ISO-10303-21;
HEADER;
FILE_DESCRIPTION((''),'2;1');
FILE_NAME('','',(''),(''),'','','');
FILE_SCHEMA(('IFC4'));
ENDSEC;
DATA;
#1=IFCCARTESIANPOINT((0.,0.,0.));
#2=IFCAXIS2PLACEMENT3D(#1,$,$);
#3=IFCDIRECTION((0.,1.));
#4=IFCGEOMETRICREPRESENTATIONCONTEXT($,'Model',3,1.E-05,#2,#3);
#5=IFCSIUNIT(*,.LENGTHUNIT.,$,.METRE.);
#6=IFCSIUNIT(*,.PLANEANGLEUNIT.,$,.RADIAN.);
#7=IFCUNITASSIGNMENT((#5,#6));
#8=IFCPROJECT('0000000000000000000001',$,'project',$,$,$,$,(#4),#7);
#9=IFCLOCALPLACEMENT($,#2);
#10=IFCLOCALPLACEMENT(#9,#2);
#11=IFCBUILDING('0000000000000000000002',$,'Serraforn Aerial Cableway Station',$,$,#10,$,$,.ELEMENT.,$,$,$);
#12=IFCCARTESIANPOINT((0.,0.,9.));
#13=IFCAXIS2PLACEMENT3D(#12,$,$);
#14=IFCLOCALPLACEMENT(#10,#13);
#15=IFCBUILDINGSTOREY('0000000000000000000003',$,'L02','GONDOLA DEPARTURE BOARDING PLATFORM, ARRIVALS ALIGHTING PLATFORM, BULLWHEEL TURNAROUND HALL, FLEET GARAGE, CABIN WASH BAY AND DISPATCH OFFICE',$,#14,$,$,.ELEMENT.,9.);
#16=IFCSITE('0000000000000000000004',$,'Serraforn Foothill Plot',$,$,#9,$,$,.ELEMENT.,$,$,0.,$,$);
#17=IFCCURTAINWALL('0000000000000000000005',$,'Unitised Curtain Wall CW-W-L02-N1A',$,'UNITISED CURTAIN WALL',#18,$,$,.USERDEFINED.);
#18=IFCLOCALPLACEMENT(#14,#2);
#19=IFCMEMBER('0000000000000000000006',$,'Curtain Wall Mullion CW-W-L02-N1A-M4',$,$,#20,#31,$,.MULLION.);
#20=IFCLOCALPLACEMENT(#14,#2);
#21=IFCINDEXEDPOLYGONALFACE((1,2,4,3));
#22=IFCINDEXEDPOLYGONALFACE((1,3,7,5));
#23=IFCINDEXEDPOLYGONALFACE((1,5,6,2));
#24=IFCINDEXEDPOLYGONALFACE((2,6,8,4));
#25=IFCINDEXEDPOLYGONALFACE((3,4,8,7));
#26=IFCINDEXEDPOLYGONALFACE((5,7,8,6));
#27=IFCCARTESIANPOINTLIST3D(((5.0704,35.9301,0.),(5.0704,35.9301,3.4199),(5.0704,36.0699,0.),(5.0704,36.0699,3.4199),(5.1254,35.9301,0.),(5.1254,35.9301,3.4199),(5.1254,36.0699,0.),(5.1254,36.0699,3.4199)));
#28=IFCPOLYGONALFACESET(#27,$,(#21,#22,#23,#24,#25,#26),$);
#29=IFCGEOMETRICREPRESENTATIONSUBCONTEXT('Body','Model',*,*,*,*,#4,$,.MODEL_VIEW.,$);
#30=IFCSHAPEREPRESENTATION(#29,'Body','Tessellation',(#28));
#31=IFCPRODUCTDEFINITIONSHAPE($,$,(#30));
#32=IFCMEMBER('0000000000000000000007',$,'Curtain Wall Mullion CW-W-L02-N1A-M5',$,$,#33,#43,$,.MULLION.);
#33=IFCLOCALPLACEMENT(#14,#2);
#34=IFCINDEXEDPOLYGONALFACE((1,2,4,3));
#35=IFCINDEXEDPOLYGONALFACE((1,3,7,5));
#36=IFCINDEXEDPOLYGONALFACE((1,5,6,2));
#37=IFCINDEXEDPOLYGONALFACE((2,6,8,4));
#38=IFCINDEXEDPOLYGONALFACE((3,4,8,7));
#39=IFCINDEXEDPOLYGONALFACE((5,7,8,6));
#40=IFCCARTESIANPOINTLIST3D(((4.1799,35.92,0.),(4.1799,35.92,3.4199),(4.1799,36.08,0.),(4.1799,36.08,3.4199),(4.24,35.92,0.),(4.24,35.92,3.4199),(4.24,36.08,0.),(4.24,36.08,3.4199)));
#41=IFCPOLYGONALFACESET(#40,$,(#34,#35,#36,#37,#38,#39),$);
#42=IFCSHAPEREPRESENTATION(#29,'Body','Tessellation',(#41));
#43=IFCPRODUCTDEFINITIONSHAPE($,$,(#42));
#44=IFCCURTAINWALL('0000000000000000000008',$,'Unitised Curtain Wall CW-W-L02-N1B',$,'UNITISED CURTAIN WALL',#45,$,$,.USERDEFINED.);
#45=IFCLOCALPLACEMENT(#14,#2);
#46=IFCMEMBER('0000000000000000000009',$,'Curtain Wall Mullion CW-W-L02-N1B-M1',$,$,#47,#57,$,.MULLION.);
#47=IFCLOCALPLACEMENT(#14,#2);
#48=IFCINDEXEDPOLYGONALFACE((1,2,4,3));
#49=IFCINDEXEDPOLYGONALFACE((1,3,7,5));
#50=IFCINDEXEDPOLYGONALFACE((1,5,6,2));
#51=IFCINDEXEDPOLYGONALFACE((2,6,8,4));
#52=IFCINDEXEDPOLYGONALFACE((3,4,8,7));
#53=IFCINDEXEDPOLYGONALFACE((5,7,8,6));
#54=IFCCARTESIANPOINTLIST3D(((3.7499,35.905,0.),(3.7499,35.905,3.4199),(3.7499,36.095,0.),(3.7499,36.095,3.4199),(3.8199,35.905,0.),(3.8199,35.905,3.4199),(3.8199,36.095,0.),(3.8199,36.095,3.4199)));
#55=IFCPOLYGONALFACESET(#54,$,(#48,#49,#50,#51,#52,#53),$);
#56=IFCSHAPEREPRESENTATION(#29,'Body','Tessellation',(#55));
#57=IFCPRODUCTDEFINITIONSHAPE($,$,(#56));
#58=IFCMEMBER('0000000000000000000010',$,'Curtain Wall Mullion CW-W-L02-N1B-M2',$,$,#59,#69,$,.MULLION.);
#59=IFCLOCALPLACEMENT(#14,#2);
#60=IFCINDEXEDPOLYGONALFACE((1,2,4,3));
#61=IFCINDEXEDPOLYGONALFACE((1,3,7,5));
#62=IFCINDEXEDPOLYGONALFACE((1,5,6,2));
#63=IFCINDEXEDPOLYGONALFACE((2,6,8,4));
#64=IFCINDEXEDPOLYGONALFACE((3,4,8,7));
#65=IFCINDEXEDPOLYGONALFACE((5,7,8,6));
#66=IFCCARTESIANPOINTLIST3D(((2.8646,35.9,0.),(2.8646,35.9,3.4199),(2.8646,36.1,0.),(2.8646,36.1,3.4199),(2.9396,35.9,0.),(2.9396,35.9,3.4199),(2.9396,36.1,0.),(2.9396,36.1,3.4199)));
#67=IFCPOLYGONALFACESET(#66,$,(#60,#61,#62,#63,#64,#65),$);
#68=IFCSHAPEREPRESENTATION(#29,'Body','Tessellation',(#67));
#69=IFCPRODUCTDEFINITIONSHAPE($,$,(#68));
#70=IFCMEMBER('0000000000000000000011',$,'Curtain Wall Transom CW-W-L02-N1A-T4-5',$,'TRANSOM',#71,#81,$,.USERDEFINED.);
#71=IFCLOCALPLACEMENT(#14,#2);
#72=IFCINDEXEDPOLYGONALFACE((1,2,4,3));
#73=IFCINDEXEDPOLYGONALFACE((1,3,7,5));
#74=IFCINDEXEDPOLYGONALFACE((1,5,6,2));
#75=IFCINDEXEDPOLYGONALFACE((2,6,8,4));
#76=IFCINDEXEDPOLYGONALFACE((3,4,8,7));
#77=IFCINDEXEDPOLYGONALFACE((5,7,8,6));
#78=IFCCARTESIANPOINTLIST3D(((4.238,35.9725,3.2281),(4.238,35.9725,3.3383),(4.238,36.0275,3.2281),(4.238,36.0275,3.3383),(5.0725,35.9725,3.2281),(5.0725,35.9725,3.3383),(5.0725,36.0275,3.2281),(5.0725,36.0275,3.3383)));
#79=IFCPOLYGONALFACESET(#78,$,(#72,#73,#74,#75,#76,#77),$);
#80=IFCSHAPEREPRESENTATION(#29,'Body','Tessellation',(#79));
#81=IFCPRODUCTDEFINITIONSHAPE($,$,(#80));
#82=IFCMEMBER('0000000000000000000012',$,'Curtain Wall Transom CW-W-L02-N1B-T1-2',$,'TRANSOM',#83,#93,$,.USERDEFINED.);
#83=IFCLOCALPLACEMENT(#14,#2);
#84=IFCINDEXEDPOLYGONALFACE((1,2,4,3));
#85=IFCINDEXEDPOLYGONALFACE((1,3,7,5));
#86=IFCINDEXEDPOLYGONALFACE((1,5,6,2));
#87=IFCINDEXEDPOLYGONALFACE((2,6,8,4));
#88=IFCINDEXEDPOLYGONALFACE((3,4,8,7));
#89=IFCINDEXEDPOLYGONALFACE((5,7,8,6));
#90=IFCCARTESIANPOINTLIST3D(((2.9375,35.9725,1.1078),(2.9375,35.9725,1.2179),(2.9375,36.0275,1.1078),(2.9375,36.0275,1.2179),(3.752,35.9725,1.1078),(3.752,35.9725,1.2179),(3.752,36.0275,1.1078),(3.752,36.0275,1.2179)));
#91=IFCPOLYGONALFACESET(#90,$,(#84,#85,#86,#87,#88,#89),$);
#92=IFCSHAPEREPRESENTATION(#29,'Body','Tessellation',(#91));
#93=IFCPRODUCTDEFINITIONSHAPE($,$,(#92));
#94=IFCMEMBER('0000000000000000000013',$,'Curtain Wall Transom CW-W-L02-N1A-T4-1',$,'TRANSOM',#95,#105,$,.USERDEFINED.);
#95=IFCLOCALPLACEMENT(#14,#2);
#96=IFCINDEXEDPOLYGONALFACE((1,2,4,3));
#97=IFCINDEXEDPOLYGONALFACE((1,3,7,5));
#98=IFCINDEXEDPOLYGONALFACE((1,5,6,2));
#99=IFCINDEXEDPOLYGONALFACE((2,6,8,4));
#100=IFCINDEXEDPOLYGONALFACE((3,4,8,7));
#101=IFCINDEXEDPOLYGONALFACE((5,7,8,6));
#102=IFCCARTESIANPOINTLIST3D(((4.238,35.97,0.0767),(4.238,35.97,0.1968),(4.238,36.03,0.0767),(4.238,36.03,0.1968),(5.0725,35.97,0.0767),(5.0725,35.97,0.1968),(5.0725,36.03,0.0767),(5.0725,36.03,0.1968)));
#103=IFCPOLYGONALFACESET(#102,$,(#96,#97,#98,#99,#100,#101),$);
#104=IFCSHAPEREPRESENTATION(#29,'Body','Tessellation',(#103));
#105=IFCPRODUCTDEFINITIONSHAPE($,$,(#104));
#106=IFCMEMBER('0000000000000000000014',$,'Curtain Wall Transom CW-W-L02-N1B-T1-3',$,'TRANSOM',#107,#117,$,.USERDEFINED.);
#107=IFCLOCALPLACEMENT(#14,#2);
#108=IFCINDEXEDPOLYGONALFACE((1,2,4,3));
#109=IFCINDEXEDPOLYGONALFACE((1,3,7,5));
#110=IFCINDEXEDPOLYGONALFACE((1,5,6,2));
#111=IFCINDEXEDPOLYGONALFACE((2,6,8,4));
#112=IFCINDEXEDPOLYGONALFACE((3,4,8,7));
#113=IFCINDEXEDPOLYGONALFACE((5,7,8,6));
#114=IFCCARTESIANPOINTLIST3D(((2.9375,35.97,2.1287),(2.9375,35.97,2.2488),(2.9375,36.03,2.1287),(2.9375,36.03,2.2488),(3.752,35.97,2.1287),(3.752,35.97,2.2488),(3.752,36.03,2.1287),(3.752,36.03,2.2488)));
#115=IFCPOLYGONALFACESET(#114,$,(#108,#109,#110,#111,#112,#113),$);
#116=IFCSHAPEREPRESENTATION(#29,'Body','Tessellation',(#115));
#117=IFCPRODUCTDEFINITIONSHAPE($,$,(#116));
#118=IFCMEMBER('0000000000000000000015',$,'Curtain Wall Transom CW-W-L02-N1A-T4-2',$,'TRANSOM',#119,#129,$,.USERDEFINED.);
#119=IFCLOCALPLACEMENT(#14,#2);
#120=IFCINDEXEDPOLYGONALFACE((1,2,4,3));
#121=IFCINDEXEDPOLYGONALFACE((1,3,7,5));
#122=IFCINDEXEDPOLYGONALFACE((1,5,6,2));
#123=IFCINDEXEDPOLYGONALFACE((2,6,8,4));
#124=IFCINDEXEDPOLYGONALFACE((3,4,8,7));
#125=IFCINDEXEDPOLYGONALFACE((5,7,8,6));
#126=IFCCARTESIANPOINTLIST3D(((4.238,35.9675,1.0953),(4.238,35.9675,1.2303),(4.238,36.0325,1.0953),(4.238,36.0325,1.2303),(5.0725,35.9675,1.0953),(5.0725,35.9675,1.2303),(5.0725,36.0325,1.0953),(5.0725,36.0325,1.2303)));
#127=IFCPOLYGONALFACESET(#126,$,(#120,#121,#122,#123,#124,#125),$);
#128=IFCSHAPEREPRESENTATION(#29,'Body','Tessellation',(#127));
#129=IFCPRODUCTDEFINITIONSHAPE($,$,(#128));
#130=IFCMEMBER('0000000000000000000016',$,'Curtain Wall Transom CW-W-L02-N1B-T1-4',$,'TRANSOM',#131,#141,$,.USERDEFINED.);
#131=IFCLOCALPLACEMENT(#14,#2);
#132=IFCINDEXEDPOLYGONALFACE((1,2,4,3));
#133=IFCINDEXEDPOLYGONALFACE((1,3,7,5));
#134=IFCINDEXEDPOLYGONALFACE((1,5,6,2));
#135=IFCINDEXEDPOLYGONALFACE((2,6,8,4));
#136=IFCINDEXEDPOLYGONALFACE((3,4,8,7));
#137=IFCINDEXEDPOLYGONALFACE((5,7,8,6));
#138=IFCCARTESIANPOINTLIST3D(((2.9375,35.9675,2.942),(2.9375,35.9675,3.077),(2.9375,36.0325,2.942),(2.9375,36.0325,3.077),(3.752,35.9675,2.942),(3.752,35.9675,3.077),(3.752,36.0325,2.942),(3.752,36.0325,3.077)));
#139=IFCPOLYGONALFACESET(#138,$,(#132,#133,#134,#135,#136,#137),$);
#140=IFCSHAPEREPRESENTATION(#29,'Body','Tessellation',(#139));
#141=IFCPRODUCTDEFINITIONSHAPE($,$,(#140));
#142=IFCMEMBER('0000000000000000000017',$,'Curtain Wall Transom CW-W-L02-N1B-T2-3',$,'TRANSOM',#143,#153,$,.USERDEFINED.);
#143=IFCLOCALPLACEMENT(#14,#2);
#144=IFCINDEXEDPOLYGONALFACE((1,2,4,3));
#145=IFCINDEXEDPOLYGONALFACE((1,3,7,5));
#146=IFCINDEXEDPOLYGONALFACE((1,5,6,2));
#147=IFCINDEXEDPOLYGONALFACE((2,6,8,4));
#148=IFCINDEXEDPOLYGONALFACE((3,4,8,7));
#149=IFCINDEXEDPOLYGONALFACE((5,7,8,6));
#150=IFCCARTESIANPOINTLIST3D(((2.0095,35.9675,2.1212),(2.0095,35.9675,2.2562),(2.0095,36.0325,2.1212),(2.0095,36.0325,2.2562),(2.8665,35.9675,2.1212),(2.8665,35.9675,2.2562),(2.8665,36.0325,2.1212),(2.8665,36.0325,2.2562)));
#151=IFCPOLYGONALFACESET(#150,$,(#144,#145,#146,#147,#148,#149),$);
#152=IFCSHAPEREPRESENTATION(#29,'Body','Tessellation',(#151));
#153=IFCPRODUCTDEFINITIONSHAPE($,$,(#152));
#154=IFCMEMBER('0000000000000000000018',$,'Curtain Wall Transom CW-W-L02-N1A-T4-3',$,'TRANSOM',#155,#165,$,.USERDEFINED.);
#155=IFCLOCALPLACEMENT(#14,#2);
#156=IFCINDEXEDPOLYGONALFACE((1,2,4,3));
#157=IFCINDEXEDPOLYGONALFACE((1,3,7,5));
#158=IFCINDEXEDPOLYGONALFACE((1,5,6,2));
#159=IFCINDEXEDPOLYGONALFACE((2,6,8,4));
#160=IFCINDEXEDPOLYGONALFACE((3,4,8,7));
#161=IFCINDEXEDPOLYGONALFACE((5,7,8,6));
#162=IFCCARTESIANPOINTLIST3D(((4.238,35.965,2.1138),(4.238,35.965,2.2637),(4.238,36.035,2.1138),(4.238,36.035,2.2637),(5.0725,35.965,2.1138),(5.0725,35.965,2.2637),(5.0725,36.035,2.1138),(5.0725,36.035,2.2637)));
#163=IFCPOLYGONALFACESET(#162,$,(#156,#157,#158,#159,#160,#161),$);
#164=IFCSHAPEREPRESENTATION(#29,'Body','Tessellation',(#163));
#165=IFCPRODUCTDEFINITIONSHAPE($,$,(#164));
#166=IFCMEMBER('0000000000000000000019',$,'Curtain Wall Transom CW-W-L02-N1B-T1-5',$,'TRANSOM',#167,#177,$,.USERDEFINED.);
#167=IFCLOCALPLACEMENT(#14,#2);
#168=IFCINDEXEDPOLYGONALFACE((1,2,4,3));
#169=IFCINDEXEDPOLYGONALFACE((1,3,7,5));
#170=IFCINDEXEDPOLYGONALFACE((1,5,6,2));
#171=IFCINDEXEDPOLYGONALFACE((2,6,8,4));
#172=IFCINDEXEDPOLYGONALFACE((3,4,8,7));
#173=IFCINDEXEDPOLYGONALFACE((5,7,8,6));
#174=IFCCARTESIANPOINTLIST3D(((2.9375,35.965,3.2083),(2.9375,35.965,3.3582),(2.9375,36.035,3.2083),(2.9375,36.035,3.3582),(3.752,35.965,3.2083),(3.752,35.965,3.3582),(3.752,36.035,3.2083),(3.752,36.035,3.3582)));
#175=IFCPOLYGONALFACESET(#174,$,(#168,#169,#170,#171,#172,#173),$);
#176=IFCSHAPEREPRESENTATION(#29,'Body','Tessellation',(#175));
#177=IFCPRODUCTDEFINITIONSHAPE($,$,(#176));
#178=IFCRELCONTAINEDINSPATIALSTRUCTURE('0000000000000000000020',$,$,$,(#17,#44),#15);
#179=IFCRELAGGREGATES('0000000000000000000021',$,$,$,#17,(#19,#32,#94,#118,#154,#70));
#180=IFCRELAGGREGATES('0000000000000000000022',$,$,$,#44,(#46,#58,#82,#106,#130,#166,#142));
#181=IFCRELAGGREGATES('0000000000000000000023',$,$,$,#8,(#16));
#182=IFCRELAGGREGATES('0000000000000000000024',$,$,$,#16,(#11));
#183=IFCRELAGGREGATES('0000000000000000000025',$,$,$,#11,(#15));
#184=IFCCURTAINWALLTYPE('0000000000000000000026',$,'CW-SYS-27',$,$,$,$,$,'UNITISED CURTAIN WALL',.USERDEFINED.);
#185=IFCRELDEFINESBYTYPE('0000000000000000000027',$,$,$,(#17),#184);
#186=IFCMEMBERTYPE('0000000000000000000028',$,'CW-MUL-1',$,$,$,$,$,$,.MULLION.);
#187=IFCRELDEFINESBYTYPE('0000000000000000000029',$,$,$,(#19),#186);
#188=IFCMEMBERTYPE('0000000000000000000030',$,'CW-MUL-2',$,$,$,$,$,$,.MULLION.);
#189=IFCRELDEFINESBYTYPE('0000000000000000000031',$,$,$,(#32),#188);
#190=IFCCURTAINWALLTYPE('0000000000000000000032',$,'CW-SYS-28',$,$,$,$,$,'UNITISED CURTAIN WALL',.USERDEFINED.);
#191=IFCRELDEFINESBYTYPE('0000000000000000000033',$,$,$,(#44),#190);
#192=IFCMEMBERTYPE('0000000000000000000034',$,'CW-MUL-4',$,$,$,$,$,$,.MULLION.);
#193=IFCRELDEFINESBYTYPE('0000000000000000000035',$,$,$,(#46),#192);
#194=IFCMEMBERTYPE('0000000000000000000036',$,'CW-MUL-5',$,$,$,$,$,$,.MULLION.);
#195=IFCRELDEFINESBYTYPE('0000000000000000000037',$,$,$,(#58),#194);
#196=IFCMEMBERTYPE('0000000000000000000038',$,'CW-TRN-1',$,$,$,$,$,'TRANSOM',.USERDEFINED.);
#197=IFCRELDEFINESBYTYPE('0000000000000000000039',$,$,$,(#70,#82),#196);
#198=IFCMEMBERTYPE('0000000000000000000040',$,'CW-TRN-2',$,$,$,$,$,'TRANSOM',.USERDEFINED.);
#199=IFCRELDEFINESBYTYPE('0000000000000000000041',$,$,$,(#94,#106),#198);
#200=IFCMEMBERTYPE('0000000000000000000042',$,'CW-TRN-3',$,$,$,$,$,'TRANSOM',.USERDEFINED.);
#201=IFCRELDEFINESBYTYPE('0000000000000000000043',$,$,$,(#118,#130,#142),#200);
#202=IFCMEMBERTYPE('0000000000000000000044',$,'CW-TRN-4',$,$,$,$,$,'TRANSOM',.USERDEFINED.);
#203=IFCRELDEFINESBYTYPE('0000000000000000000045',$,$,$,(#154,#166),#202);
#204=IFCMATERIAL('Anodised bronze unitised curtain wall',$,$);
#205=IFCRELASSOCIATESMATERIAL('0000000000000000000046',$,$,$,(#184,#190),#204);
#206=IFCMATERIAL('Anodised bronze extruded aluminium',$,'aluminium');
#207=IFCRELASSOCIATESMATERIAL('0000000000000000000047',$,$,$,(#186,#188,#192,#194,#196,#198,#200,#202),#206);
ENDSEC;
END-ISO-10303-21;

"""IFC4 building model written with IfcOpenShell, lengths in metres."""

from ifc_helpers import new_model, si_unit, direction, frame, origin, origin_2d, place, context, subcontext, project, spatial, rectangle, extrude, material, material_profile, profile_set, type_object, element, aggregate, save


model = new_model("IFC4")

# Units and contexts
model_context = context("Model", 3, precision=1e-05, world=origin(), true_north=direction((0.0, 1.0)))
body_context = subcontext(model_context, "Body", "Model", "MODEL_VIEW")
ifc_project = project(units=[si_unit("LENGTHUNIT", "METRE"), si_unit("PLANEANGLEUNIT", "RADIAN")], contexts=[model_context])

# Site, building, storey
site_placement = place(None, origin())
site = spatial("IfcSite", under=ifc_project, at=site_placement, Name="Serraforn Foothill Plot", CompositionType="ELEMENT", RefElevation=0.0)
building_placement = place(site_placement, origin())
building = spatial("IfcBuilding", under=site, at=building_placement, Name="Serraforn Aerial Cableway Station", CompositionType="ELEMENT")
storey_placement = place(building_placement, frame((0.0, 0.0, 9.0)))
storey = spatial("IfcBuildingStorey", under=building, at=storey_placement, Name="L02", Description="GONDOLA DEPARTURE BOARDING PLATFORM, ARRIVALS ALIGHTING PLATFORM, BULLWHEEL TURNAROUND HALL, FLEET GARAGE, CABIN WASH BAY AND DISPATCH OFFICE", CompositionType="ELEMENT", Elevation=9.0)

# Curtain walls, members
ifc_material_1 = material(Name="Anodised bronze unitised curtain wall")
curtain_wall_type_1 = type_object("IfcCurtainWallType", Name="CW-SYS-27", ElementType="UNITISED CURTAIN WALL", PredefinedType="USERDEFINED", material=ifc_material_1)
curtain_wall_1_placement = place(storey_placement, origin())
curtain_wall_1 = element("IfcCurtainWall", 1, at=curtain_wall_1_placement, inside=storey, type_object=curtain_wall_type_1, Name="Unitised Curtain Wall CW-W-L02-N1A", ObjectType="UNITISED CURTAIN WALL", PredefinedType="USERDEFINED")
ifc_material_2 = material(Name="Anodised bronze extruded aluminium", Category="aluminium")
ifc_material_profile_1 = material_profile(ifc_material_2, rectangle(XDim=0.0549, YDim=0.1399, at=origin_2d()), Name="CW MULLION 55x140")
ifc_profile_set_1 = profile_set([ifc_material_profile_1], Name="Anodised bronze extruded aluminium")
member_type_1 = type_object("IfcMemberType", Name="CW-MUL-1", PredefinedType="MULLION", material=ifc_profile_set_1)
member_1_placement = place(storey_placement, frame((5.0979, 36.0, 0.0), z_axis=(0.0, 0.0, 1.0), x_axis=(-1.0, 0.0, 0.0)))
member_1 = element("IfcMember", 2, at=member_1_placement, type_object=member_type_1, Name="Curtain Wall Mullion CW-W-L02-N1A-M4", PredefinedType="MULLION", context=body_context, shape_type="SweptSolid", body=[
    extrude(rectangle(XDim=0.0549, YDim=0.1399, at=origin_2d()), origin(), (0.0, 0.0, 1.0), 3.4199),
])
ifc_material_profile_2 = material_profile(ifc_material_2, rectangle(XDim=0.0601, YDim=0.1599, at=origin_2d()), Name="CW MULLION 60x160")
ifc_profile_set_2 = profile_set([ifc_material_profile_2], Name="Anodised bronze extruded aluminium")
member_type_2 = type_object("IfcMemberType", Name="CW-MUL-2", PredefinedType="MULLION", material=ifc_profile_set_2)
member_2_placement = place(storey_placement, frame((4.21, 36.0, 0.0), z_axis=(0.0, 0.0, 1.0), x_axis=(-1.0, 0.0, 0.0)))
member_2 = element("IfcMember", 3, at=member_2_placement, type_object=member_type_2, Name="Curtain Wall Mullion CW-W-L02-N1A-M5", PredefinedType="MULLION", context=body_context, shape_type="SweptSolid", body=[
    extrude(rectangle(XDim=0.0601, YDim=0.1599, at=origin_2d()), origin(), (0.0, 0.0, 1.0), 3.4199),
])
curtain_wall_type_2 = type_object("IfcCurtainWallType", Name="CW-SYS-28", ElementType="UNITISED CURTAIN WALL", PredefinedType="USERDEFINED", material=ifc_material_1)
curtain_wall_2_placement = place(storey_placement, origin())
curtain_wall_2 = element("IfcCurtainWall", 4, at=curtain_wall_2_placement, inside=storey, type_object=curtain_wall_type_2, Name="Unitised Curtain Wall CW-W-L02-N1B", ObjectType="UNITISED CURTAIN WALL", PredefinedType="USERDEFINED")
ifc_material_profile_3 = material_profile(ifc_material_2, rectangle(XDim=0.0701, YDim=0.1899, at=origin_2d()), Name="CW MULLION 70x190")
ifc_profile_set_3 = profile_set([ifc_material_profile_3], Name="Anodised bronze extruded aluminium")
member_type_3 = type_object("IfcMemberType", Name="CW-MUL-4", PredefinedType="MULLION", material=ifc_profile_set_3)
member_3_placement = place(storey_placement, frame((3.7849, 36.0, 0.0), z_axis=(0.0, 0.0, 1.0), x_axis=(-1.0, 0.0, 0.0)))
member_3 = element("IfcMember", 5, at=member_3_placement, type_object=member_type_3, Name="Curtain Wall Mullion CW-W-L02-N1B-M1", PredefinedType="MULLION", context=body_context, shape_type="SweptSolid", body=[
    extrude(rectangle(XDim=0.0701, YDim=0.1899, at=origin_2d()), origin(), (0.0, 0.0, 1.0), 3.4199),
])
ifc_material_profile_4 = material_profile(ifc_material_2, rectangle(XDim=0.075, YDim=0.2, at=origin_2d()), Name="CW MULLION 75x200")
ifc_profile_set_4 = profile_set([ifc_material_profile_4], Name="Anodised bronze extruded aluminium")
member_type_4 = type_object("IfcMemberType", Name="CW-MUL-5", PredefinedType="MULLION", material=ifc_profile_set_4)
member_4_placement = place(storey_placement, frame((2.9021, 36.0, 0.0), z_axis=(0.0, 0.0, 1.0), x_axis=(-1.0, 0.0, 0.0)))
member_4 = element("IfcMember", 6, at=member_4_placement, type_object=member_type_4, Name="Curtain Wall Mullion CW-W-L02-N1B-M2", PredefinedType="MULLION", context=body_context, shape_type="SweptSolid", body=[
    extrude(rectangle(XDim=0.075, YDim=0.2, at=origin_2d()), origin(), (0.0, 0.0, 1.0), 3.4199),
])

# Members
ifc_material_profile_5 = material_profile(ifc_material_2, rectangle(XDim=0.0549, YDim=0.1101, at=origin_2d()), Name="CW TRANSOM 55x110")
ifc_profile_set_5 = profile_set([ifc_material_profile_5], Name="Anodised bronze extruded aluminium")
member_type_5 = type_object("IfcMemberType", Name="CW-TRN-1", ElementType="TRANSOM", PredefinedType="USERDEFINED", material=ifc_profile_set_5)
member_5_placement = place(storey_placement, frame((5.0725, 36.0, 3.2832), z_axis=(-1.0, 0.0, 0.0), x_axis=(0.0, -1.0, 0.0)))
member_5 = element("IfcMember", 7, at=member_5_placement, type_object=member_type_5, Name="Curtain Wall Transom CW-W-L02-N1A-T4-5", ObjectType="TRANSOM", PredefinedType="USERDEFINED", context=body_context, shape_type="SweptSolid", body=[
    extrude(rectangle(XDim=0.0549, YDim=0.1101, at=origin_2d()), origin(), (0.0, 0.0, 1.0), 0.8345),
])
member_6_placement = place(storey_placement, frame((3.752, 36.0, 1.1628), z_axis=(-1.0, 0.0, 0.0), x_axis=(0.0, -1.0, 0.0)))
member_6 = element("IfcMember", 8, at=member_6_placement, type_object=member_type_5, Name="Curtain Wall Transom CW-W-L02-N1B-T1-2", ObjectType="TRANSOM", PredefinedType="USERDEFINED", context=body_context, shape_type="SweptSolid", body=[
    extrude(rectangle(XDim=0.0549, YDim=0.1101, at=origin_2d()), origin(), (0.0, 0.0, 1.0), 0.8145),
])
ifc_material_profile_6 = material_profile(ifc_material_2, rectangle(XDim=0.0601, YDim=0.1201, at=origin_2d()), Name="CW TRANSOM 60x120")
ifc_profile_set_6 = profile_set([ifc_material_profile_6], Name="Anodised bronze extruded aluminium")
member_type_6 = type_object("IfcMemberType", Name="CW-TRN-2", ElementType="TRANSOM", PredefinedType="USERDEFINED", material=ifc_profile_set_6)
member_7_placement = place(storey_placement, frame((5.0725, 36.0, 0.1367), z_axis=(-1.0, 0.0, 0.0), x_axis=(0.0, -1.0, 0.0)))
member_7 = element("IfcMember", 9, at=member_7_placement, type_object=member_type_6, Name="Curtain Wall Transom CW-W-L02-N1A-T4-1", ObjectType="TRANSOM", PredefinedType="USERDEFINED", context=body_context, shape_type="SweptSolid", body=[
    extrude(rectangle(XDim=0.0601, YDim=0.1201, at=origin_2d()), origin(), (0.0, 0.0, 1.0), 0.8345),
])
member_8_placement = place(storey_placement, frame((3.752, 36.0, 2.1887), z_axis=(-1.0, 0.0, 0.0), x_axis=(0.0, -1.0, 0.0)))
member_8 = element("IfcMember", 10, at=member_8_placement, type_object=member_type_6, Name="Curtain Wall Transom CW-W-L02-N1B-T1-3", ObjectType="TRANSOM", PredefinedType="USERDEFINED", context=body_context, shape_type="SweptSolid", body=[
    extrude(rectangle(XDim=0.0601, YDim=0.1201, at=origin_2d()), origin(), (0.0, 0.0, 1.0), 0.8145),
])
ifc_material_profile_7 = material_profile(ifc_material_2, rectangle(XDim=0.0649, YDim=0.135, at=origin_2d()), Name="CW TRANSOM 65x135")
ifc_profile_set_7 = profile_set([ifc_material_profile_7], Name="Anodised bronze extruded aluminium")
member_type_7 = type_object("IfcMemberType", Name="CW-TRN-3", ElementType="TRANSOM", PredefinedType="USERDEFINED", material=ifc_profile_set_7)
member_9_placement = place(storey_placement, frame((5.0725, 36.0, 1.1628), z_axis=(-1.0, 0.0, 0.0), x_axis=(0.0, -1.0, 0.0)))
member_9 = element("IfcMember", 11, at=member_9_placement, type_object=member_type_7, Name="Curtain Wall Transom CW-W-L02-N1A-T4-2", ObjectType="TRANSOM", PredefinedType="USERDEFINED", context=body_context, shape_type="SweptSolid", body=[
    extrude(rectangle(XDim=0.0649, YDim=0.135, at=origin_2d()), origin(), (0.0, 0.0, 1.0), 0.8345),
])
member_10_placement = place(storey_placement, frame((3.752, 36.0, 3.0095), z_axis=(-1.0, 0.0, 0.0), x_axis=(0.0, -1.0, 0.0)))
member_10 = element("IfcMember", 12, at=member_10_placement, type_object=member_type_7, Name="Curtain Wall Transom CW-W-L02-N1B-T1-4", ObjectType="TRANSOM", PredefinedType="USERDEFINED", context=body_context, shape_type="SweptSolid", body=[
    extrude(rectangle(XDim=0.0649, YDim=0.135, at=origin_2d()), origin(), (0.0, 0.0, 1.0), 0.8145),
])
member_11_placement = place(storey_placement, frame((2.8665, 36.0, 2.1887), z_axis=(-1.0, 0.0, 0.0), x_axis=(0.0, -1.0, 0.0)))
member_11 = element("IfcMember", 13, at=member_11_placement, type_object=member_type_7, Name="Curtain Wall Transom CW-W-L02-N1B-T2-3", ObjectType="TRANSOM", PredefinedType="USERDEFINED", context=body_context, shape_type="SweptSolid", body=[
    extrude(rectangle(XDim=0.0649, YDim=0.135, at=origin_2d()), origin(), (0.0, 0.0, 1.0), 0.8569),
])
ifc_material_profile_8 = material_profile(ifc_material_2, rectangle(XDim=0.0701, YDim=0.1499, at=origin_2d()), Name="CW TRANSOM 70x150")
ifc_profile_set_8 = profile_set([ifc_material_profile_8], Name="Anodised bronze extruded aluminium")
member_type_8 = type_object("IfcMemberType", Name="CW-TRN-4", ElementType="TRANSOM", PredefinedType="USERDEFINED", material=ifc_profile_set_8)
member_12_placement = place(storey_placement, frame((5.0725, 36.0, 2.1887), z_axis=(-1.0, 0.0, 0.0), x_axis=(0.0, -1.0, 0.0)))
member_12 = element("IfcMember", 14, at=member_12_placement, type_object=member_type_8, Name="Curtain Wall Transom CW-W-L02-N1A-T4-3", ObjectType="TRANSOM", PredefinedType="USERDEFINED", context=body_context, shape_type="SweptSolid", body=[
    extrude(rectangle(XDim=0.0701, YDim=0.1499, at=origin_2d()), origin(), (0.0, 0.0, 1.0), 0.8345),
])
member_13_placement = place(storey_placement, frame((3.752, 36.0, 3.2832), z_axis=(-1.0, 0.0, 0.0), x_axis=(0.0, -1.0, 0.0)))
member_13 = element("IfcMember", 15, at=member_13_placement, type_object=member_type_8, Name="Curtain Wall Transom CW-W-L02-N1B-T1-5", ObjectType="TRANSOM", PredefinedType="USERDEFINED", context=body_context, shape_type="SweptSolid", body=[
    extrude(rectangle(XDim=0.0701, YDim=0.1499, at=origin_2d()), origin(), (0.0, 0.0, 1.0), 0.8145),
])

aggregate(curtain_wall_1, [member_1, member_2, member_7, member_9, member_12, member_5])
aggregate(curtain_wall_2, [member_3, member_4, member_6, member_8, member_10, member_13, member_11])

save(model, "model.ifc")
